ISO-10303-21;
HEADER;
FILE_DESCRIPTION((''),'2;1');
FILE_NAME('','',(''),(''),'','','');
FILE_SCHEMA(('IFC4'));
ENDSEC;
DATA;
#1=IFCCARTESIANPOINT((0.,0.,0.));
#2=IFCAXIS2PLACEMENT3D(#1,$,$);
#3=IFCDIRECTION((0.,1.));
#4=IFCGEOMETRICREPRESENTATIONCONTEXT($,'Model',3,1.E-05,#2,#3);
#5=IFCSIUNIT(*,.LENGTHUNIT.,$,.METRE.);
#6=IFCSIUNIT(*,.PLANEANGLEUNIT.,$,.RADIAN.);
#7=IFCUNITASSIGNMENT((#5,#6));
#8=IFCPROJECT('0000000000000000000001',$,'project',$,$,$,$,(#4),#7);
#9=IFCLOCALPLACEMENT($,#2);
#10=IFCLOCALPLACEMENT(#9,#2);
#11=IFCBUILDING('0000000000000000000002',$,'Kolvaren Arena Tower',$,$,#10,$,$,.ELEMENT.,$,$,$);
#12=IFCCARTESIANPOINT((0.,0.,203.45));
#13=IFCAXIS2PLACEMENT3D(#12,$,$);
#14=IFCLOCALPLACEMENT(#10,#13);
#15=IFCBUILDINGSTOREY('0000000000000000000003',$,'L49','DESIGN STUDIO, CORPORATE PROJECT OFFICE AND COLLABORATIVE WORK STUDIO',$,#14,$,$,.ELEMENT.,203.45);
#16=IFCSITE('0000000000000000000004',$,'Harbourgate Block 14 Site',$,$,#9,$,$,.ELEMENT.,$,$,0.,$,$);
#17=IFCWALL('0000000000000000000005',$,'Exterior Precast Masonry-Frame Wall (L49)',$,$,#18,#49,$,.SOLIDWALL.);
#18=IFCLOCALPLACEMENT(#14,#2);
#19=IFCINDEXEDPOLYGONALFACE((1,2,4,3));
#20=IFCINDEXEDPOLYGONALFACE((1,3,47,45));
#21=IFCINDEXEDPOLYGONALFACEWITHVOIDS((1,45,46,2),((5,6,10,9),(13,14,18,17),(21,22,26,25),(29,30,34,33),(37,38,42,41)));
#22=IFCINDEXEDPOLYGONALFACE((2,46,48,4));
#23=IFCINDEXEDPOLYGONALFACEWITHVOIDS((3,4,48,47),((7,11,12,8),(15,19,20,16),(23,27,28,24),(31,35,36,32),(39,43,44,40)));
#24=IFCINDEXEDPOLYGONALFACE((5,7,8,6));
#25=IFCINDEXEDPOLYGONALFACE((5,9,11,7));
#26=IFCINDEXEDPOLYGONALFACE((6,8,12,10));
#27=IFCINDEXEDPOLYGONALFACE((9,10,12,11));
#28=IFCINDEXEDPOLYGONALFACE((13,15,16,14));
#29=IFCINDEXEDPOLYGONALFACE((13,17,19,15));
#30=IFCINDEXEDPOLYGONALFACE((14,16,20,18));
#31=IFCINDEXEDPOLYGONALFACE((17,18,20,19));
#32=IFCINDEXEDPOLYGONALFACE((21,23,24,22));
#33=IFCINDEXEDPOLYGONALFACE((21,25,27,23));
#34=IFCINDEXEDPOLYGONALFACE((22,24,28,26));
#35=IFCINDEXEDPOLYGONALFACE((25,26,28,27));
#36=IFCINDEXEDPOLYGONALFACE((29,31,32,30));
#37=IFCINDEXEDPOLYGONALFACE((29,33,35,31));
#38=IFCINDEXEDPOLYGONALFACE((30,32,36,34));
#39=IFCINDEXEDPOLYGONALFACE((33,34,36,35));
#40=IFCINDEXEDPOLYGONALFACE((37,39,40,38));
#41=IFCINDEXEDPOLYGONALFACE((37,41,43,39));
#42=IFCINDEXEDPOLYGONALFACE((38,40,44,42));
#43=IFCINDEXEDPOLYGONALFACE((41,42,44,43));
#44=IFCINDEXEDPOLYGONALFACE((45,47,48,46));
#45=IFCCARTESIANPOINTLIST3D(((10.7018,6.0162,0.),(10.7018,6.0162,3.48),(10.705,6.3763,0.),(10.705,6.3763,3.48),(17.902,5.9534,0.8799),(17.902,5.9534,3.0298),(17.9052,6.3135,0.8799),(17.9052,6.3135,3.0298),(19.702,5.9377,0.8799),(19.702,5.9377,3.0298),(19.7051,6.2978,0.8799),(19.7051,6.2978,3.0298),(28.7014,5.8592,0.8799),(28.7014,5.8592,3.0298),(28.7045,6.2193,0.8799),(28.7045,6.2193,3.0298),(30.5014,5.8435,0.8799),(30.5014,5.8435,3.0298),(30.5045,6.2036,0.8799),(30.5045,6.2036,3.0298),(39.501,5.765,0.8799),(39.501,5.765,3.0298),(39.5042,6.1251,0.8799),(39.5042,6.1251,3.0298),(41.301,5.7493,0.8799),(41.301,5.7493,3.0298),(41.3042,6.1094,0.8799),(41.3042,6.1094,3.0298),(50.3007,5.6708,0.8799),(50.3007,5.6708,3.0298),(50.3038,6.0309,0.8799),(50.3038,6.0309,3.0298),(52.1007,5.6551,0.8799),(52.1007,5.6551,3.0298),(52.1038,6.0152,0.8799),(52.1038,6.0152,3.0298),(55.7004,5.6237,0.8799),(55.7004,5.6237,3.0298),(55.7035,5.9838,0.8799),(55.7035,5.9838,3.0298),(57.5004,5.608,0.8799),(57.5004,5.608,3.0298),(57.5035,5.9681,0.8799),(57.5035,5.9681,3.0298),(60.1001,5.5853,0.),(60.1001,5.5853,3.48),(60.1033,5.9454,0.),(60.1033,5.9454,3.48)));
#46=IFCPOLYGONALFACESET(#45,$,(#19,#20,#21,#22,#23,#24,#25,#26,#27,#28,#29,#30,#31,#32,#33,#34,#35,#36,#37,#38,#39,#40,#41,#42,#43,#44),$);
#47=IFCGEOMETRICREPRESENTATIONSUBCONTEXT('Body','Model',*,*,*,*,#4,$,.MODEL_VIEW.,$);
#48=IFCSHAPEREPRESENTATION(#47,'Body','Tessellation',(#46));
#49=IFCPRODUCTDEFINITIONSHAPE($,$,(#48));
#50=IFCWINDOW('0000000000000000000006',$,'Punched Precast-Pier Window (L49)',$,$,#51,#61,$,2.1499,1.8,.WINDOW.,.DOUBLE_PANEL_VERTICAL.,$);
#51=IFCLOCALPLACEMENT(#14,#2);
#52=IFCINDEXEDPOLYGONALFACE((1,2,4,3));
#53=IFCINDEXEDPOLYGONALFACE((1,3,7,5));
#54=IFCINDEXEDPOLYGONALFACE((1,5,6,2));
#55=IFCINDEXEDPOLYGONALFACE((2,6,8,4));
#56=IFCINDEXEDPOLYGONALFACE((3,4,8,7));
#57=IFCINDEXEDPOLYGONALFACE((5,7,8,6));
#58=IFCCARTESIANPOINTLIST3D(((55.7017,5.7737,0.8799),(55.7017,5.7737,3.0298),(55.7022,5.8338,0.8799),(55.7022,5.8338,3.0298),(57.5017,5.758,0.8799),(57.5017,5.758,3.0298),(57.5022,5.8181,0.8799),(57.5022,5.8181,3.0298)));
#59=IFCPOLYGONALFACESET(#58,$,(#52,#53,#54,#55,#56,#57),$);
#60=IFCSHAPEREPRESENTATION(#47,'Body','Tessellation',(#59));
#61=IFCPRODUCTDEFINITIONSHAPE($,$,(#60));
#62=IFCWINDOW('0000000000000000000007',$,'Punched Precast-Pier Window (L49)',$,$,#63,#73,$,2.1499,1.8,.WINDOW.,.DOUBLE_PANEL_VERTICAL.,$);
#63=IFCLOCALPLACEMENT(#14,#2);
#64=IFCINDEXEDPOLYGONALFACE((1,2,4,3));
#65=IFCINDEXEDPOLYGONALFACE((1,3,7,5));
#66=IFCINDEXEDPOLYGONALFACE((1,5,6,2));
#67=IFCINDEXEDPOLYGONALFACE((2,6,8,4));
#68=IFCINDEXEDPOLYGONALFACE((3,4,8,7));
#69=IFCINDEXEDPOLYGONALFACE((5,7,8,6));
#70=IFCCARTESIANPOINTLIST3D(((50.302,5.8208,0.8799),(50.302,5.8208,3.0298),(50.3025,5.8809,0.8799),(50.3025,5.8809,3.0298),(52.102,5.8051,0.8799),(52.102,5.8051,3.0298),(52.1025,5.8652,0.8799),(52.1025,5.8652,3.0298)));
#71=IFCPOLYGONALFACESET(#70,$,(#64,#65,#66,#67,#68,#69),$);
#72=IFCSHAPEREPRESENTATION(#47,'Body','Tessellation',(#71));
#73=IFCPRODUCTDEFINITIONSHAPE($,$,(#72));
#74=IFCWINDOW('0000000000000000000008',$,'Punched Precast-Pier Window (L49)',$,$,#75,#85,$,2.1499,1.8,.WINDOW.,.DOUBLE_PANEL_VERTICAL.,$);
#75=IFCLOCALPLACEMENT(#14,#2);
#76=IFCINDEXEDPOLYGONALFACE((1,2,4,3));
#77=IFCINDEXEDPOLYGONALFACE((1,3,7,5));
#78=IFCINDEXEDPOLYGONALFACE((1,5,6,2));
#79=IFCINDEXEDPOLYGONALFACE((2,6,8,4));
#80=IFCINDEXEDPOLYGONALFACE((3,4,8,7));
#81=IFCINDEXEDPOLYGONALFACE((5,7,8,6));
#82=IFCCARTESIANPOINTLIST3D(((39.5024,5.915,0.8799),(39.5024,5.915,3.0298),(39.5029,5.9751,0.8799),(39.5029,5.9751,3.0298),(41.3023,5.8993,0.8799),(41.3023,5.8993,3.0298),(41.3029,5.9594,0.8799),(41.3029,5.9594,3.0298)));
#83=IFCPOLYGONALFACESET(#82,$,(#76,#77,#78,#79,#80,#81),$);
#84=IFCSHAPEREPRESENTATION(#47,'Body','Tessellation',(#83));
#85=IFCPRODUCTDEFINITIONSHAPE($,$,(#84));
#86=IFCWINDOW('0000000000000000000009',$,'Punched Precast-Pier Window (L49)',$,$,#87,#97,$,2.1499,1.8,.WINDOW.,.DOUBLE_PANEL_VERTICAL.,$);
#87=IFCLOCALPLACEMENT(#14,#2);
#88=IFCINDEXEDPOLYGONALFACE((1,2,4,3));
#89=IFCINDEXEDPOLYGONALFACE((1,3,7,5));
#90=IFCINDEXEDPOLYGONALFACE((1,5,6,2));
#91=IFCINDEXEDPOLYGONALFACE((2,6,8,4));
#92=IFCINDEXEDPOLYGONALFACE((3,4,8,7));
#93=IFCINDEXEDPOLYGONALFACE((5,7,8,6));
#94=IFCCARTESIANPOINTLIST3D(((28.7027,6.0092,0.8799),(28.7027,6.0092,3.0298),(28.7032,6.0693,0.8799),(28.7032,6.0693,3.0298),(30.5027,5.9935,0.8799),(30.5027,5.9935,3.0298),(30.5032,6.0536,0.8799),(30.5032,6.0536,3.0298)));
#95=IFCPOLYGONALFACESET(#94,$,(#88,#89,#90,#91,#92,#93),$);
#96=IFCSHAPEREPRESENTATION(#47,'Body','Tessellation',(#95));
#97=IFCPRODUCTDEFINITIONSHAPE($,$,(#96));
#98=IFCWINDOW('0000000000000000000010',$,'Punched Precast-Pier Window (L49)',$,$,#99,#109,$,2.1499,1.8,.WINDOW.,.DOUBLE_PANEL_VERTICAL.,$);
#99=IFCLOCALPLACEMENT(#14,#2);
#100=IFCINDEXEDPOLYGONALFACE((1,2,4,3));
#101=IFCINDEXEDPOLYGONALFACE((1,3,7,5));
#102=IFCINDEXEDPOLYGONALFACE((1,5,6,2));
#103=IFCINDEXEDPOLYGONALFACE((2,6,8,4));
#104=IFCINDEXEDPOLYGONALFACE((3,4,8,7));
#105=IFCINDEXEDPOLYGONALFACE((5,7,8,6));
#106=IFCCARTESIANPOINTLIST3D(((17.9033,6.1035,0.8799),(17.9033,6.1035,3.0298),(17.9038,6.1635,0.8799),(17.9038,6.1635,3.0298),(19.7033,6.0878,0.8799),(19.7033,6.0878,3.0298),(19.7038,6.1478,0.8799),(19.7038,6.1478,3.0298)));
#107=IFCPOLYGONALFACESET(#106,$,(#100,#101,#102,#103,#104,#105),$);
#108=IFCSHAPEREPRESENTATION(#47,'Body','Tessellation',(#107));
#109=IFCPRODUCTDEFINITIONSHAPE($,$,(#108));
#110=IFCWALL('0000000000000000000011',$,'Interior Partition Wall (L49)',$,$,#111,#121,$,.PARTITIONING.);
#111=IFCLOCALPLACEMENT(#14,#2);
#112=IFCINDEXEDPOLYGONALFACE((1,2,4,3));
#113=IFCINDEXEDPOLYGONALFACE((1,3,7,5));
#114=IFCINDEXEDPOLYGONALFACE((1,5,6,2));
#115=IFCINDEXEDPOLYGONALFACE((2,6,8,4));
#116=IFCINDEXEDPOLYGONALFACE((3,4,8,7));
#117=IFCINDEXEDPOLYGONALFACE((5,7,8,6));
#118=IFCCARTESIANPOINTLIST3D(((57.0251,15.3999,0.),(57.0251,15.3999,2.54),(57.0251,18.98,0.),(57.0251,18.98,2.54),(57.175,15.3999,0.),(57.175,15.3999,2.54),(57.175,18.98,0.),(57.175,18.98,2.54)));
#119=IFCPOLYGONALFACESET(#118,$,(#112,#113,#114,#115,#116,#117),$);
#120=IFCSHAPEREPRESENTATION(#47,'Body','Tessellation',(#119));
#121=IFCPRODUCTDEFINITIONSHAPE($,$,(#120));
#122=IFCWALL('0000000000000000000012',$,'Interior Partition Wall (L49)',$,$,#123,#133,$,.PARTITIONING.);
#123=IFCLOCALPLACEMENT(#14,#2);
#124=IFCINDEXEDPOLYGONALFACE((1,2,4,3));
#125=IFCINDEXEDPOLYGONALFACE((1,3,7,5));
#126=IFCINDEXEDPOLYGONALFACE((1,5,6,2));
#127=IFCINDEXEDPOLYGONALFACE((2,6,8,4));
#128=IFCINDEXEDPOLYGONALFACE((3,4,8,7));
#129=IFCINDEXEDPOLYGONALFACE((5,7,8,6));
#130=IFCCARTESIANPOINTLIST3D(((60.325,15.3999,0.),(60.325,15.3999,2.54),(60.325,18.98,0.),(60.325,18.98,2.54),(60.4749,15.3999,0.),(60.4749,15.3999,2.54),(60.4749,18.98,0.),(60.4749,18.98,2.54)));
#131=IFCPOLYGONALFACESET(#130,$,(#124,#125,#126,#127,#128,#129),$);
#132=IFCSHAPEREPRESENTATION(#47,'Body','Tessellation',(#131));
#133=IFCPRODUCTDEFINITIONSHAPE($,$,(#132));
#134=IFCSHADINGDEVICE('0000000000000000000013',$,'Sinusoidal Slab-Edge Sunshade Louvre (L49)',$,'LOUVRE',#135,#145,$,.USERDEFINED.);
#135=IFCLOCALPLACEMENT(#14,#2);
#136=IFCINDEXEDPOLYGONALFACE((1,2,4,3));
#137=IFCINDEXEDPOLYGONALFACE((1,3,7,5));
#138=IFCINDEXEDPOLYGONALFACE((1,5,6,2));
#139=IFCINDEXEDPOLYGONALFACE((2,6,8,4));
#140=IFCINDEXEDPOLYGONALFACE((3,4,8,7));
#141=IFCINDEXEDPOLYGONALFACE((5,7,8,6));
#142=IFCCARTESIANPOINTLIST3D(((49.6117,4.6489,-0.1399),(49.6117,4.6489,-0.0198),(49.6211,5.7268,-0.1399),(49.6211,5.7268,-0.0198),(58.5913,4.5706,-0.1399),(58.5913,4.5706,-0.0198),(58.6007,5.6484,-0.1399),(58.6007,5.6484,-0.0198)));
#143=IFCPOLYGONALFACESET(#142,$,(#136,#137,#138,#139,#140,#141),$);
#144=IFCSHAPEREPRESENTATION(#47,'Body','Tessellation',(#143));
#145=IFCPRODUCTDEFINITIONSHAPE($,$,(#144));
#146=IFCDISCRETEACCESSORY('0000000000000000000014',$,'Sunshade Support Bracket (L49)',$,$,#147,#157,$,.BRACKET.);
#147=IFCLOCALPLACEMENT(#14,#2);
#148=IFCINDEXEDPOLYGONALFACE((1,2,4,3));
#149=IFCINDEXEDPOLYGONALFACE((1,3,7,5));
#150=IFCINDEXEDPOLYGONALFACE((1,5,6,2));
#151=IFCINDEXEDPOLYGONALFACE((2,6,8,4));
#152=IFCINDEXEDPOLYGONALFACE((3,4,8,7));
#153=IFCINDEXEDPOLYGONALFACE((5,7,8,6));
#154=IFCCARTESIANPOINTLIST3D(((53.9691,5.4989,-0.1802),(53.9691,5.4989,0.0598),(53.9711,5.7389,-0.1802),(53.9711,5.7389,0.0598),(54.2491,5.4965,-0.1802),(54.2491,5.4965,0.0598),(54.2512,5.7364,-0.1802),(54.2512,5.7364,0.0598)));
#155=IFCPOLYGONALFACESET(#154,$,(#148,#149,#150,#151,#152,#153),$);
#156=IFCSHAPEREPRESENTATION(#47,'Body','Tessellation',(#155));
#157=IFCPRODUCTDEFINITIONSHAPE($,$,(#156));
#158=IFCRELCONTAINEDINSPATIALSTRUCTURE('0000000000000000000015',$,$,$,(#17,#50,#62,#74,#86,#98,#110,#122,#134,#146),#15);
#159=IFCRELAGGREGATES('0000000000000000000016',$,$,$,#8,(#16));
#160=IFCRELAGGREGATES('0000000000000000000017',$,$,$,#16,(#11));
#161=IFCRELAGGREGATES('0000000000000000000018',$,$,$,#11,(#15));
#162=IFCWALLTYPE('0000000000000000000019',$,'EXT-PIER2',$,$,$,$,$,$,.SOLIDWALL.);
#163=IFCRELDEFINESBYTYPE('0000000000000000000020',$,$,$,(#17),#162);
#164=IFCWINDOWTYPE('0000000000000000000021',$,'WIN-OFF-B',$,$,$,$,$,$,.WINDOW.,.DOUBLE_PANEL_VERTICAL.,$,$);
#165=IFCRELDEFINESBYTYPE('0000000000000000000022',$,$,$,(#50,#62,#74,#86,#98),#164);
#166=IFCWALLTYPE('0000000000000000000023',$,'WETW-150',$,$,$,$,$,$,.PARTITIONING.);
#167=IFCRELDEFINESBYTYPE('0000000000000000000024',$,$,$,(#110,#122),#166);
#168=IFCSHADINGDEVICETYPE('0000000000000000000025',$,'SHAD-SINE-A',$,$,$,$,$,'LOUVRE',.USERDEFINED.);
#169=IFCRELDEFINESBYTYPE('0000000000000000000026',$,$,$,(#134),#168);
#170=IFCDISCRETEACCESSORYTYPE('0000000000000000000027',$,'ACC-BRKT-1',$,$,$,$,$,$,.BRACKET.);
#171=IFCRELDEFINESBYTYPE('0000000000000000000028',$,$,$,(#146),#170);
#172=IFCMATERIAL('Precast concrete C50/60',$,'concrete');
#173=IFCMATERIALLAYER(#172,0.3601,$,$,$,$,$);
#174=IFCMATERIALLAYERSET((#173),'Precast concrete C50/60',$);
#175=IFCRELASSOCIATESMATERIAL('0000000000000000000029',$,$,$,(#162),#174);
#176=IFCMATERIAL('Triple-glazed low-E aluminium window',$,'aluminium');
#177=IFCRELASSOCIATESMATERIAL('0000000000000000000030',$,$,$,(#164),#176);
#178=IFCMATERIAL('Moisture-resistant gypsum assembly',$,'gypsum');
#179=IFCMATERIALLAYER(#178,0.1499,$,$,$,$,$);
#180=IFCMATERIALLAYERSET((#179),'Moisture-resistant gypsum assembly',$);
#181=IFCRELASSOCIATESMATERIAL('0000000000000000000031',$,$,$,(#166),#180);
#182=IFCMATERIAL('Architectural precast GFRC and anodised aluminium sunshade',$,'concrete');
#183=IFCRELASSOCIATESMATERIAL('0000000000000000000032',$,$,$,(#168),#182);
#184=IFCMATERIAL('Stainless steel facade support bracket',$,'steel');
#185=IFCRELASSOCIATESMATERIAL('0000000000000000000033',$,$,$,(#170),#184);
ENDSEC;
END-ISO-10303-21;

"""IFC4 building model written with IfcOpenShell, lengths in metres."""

from ifc_helpers import new_model, si_unit, direction, frame, frame_2d, origin, origin_2d, place, context, subcontext, project, spatial, rectangle, extrude, material, layer, layer_set, type_object, element, fill, save


model = new_model("IFC4")

# Units and contexts
model_context = context("Model", 3, precision=1e-05, world=origin(), true_north=direction((0.0, 1.0)))
body_context = subcontext(model_context, "Body", "Model", "MODEL_VIEW")
ifc_project = project(units=[si_unit("LENGTHUNIT", "METRE"), si_unit("PLANEANGLEUNIT", "RADIAN")], contexts=[model_context])

# Site, building, storey
site_placement = place(None, origin())
site = spatial("IfcSite", under=ifc_project, at=site_placement, Name="Harbourgate Block 14 Site", CompositionType="ELEMENT", RefElevation=0.0)
building_placement = place(site_placement, origin())
building = spatial("IfcBuilding", under=site, at=building_placement, Name="Kolvaren Arena Tower", CompositionType="ELEMENT")
storey_placement = place(building_placement, frame((0.0, 0.0, 203.45)))
storey = spatial("IfcBuildingStorey", under=building, at=storey_placement, Name="L49", Description="DESIGN STUDIO, CORPORATE PROJECT OFFICE AND COLLABORATIVE WORK STUDIO", CompositionType="ELEMENT", Elevation=203.45)

# Shared definitions
ifc_material_1 = material(Name="Precast concrete C50/60", Category="concrete")
ifc_layer_1 = layer(ifc_material_1, 0.3601)
ifc_layer_set_1 = layer_set([ifc_layer_1], Name="Precast concrete C50/60")
wall_type_1 = type_object("IfcWallType", Name="EXT-PIER2", PredefinedType="SOLIDWALL", material=ifc_layer_set_1)

# Wall, openings, windows
wall_1_placement = place(storey_placement, frame((60.1018, 5.7654, 0.0), z_axis=(0.0, 0.0, 1.0), x_axis=(-0.999962, 0.008723, 0.0)))
wall_1 = element("IfcWall", 1, at=wall_1_placement, inside=storey, type_object=wall_type_1, Name="Exterior Precast Masonry-Frame Wall (L49)", PredefinedType="SOLIDWALL", context=body_context, shape_type="SweptSolid", body=[
    extrude(rectangle(XDim=49.4001, YDim=0.3601, at=frame_2d((24.7002, 0.0))), origin(), (0.0, 0.0, 1.0), 3.48),
])
opening_1_placement = place(wall_1_placement, frame((2.6001, 0.0, 0.8799)))
opening_1 = element("IfcOpeningElement", 2, at=opening_1_placement, cuts=wall_1, PredefinedType="OPENING", context=body_context, shape_type="SweptSolid", body=[
    extrude(rectangle(XDim=1.8, YDim=2.1499, at=frame_2d((0.8999, 1.075))), frame((0.0, 0.1899, 0.0), z_axis=(0.0, -1.0, 0.0), x_axis=(1.0, 0.0, 0.0)), (0.0, 0.0, 1.0), 0.3801),
])
opening_2_placement = place(wall_1_placement, frame((8.0, 0.0, 0.8799)))
opening_2 = element("IfcOpeningElement", 3, at=opening_2_placement, cuts=wall_1, PredefinedType="OPENING", context=body_context, shape_type="SweptSolid", body=[
    extrude(rectangle(XDim=1.8, YDim=2.1499, at=frame_2d((0.8999, 1.075))), frame((0.0, 0.1899, 0.0), z_axis=(0.0, -1.0, 0.0), x_axis=(1.0, 0.0, 0.0)), (0.0, 0.0, 1.0), 0.3801),
])
opening_3_placement = place(wall_1_placement, frame((18.8, 0.0, 0.8799)))
opening_3 = element("IfcOpeningElement", 4, at=opening_3_placement, cuts=wall_1, PredefinedType="OPENING", context=body_context, shape_type="SweptSolid", body=[
    extrude(rectangle(XDim=1.8, YDim=2.1499, at=frame_2d((0.8999, 1.075))), frame((0.0, 0.1899, 0.0), z_axis=(0.0, -1.0, 0.0), x_axis=(1.0, 0.0, 0.0)), (0.0, 0.0, 1.0), 0.3801),
])
opening_4_placement = place(wall_1_placement, frame((29.6001, 0.0, 0.8799)))
opening_4 = element("IfcOpeningElement", 5, at=opening_4_placement, cuts=wall_1, PredefinedType="OPENING", context=body_context, shape_type="SweptSolid", body=[
    extrude(rectangle(XDim=1.8, YDim=2.1499, at=frame_2d((0.8999, 1.075))), frame((0.0, 0.1899, 0.0), z_axis=(0.0, -1.0, 0.0), x_axis=(1.0, 0.0, 0.0)), (0.0, 0.0, 1.0), 0.3801),
])
opening_5_placement = place(wall_1_placement, frame((40.3999, 0.0, 0.8799)))
opening_5 = element("IfcOpeningElement", 6, at=opening_5_placement, cuts=wall_1, PredefinedType="OPENING", context=body_context, shape_type="SweptSolid", body=[
    extrude(rectangle(XDim=1.8, YDim=2.1499, at=frame_2d((0.8999, 1.075))), frame((0.0, 0.1899, 0.0), z_axis=(0.0, -1.0, 0.0), x_axis=(1.0, 0.0, 0.0)), (0.0, 0.0, 1.0), 0.3801),
])
ifc_material_2 = material(Name="Triple-glazed low-E aluminium window", Category="aluminium")
window_type = type_object("IfcWindowType", Name="WIN-OFF-B", PartitioningType="DOUBLE_PANEL_VERTICAL", PredefinedType="WINDOW", material=ifc_material_2)
window_1_placement = place(opening_1_placement, origin())
window_1 = element("IfcWindow", 7, at=window_1_placement, inside=storey, type_object=window_type, Name="Punched Precast-Pier Window (L49)", OverallHeight=2.1499, OverallWidth=1.8, PartitioningType="DOUBLE_PANEL_VERTICAL", PredefinedType="WINDOW", context=body_context, shape_type="SweptSolid", body=[
    extrude(rectangle(XDim=1.8, YDim=2.1499, at=frame_2d((0.8999, 1.075))), frame((0.0, 0.03, 0.0), z_axis=(0.0, -1.0, 0.0), x_axis=(1.0, 0.0, 0.0)), (0.0, 0.0, 1.0), 0.0601),
])
fill(opening_1, window_1)
window_2_placement = place(opening_2_placement, origin())
window_2 = element("IfcWindow", 8, at=window_2_placement, inside=storey, type_object=window_type, Name="Punched Precast-Pier Window (L49)", OverallHeight=2.1499, OverallWidth=1.8, PartitioningType="DOUBLE_PANEL_VERTICAL", PredefinedType="WINDOW", context=body_context, shape_type="SweptSolid", body=[
    extrude(rectangle(XDim=1.8, YDim=2.1499, at=frame_2d((0.8999, 1.075))), frame((0.0, 0.03, 0.0), z_axis=(0.0, -1.0, 0.0), x_axis=(1.0, 0.0, 0.0)), (0.0, 0.0, 1.0), 0.0601),
])
fill(opening_2, window_2)
window_3_placement = place(opening_3_placement, origin())
window_3 = element("IfcWindow", 9, at=window_3_placement, inside=storey, type_object=window_type, Name="Punched Precast-Pier Window (L49)", OverallHeight=2.1499, OverallWidth=1.8, PartitioningType="DOUBLE_PANEL_VERTICAL", PredefinedType="WINDOW", context=body_context, shape_type="SweptSolid", body=[
    extrude(rectangle(XDim=1.8, YDim=2.1499, at=frame_2d((0.8999, 1.075))), frame((0.0, 0.03, 0.0), z_axis=(0.0, -1.0, 0.0), x_axis=(1.0, 0.0, 0.0)), (0.0, 0.0, 1.0), 0.0601),
])
fill(opening_3, window_3)
window_4_placement = place(opening_4_placement, origin())
window_4 = element("IfcWindow", 10, at=window_4_placement, inside=storey, type_object=window_type, Name="Punched Precast-Pier Window (L49)", OverallHeight=2.1499, OverallWidth=1.8, PartitioningType="DOUBLE_PANEL_VERTICAL", PredefinedType="WINDOW", context=body_context, shape_type="SweptSolid", body=[
    extrude(rectangle(XDim=1.8, YDim=2.1499, at=frame_2d((0.8999, 1.075))), frame((0.0, 0.03, 0.0), z_axis=(0.0, -1.0, 0.0), x_axis=(1.0, 0.0, 0.0)), (0.0, 0.0, 1.0), 0.0601),
])
fill(opening_4, window_4)
window_5_placement = place(opening_5_placement, origin())
window_5 = element("IfcWindow", 11, at=window_5_placement, inside=storey, type_object=window_type, Name="Punched Precast-Pier Window (L49)", OverallHeight=2.1499, OverallWidth=1.8, PartitioningType="DOUBLE_PANEL_VERTICAL", PredefinedType="WINDOW", context=body_context, shape_type="SweptSolid", body=[
    extrude(rectangle(XDim=1.8, YDim=2.1499, at=frame_2d((0.8999, 1.075))), frame((0.0, 0.03, 0.0), z_axis=(0.0, -1.0, 0.0), x_axis=(1.0, 0.0, 0.0)), (0.0, 0.0, 1.0), 0.0601),
])
fill(opening_5, window_5)

# Walls
ifc_material_3 = material(Name="Moisture-resistant gypsum assembly", Category="gypsum")
ifc_layer_2 = layer(ifc_material_3, 0.1499)
ifc_layer_set_2 = layer_set([ifc_layer_2], Name="Moisture-resistant gypsum assembly")
wall_type_2 = type_object("IfcWallType", Name="WETW-150", PredefinedType="PARTITIONING", material=ifc_layer_set_2)
for number, where, z_axis, x_axis, name in (
    (12, (57.1001, 15.3999, 0.0), (0.0, 0.0, 1.0), (0.0, 1.0, 0.0), "Interior Partition Wall (L49)"),
    (13, (60.3999, 15.3999, 0.0), (0.0, 0.0, 1.0), (0.0, 1.0, 0.0), "Interior Partition Wall (L49)"),
):
    element("IfcWall", number, at=place(storey_placement, frame(where, z_axis=z_axis, x_axis=x_axis)), inside=storey, type_object=wall_type_2, Name=name, PredefinedType="PARTITIONING", context=body_context, shape_type="SweptSolid", body=[
        extrude(rectangle(XDim=3.5801, YDim=0.1499, at=frame_2d((1.79, 0.0))), origin(), (0.0, 0.0, 1.0), 2.54),
    ])

# Shading device
ifc_material_4 = material(Name="Architectural precast GFRC and anodised aluminium sunshade", Category="concrete")
shading_device_type = type_object("IfcShadingDeviceType", Name="SHAD-SINE-A", ElementType="LOUVRE", PredefinedType="USERDEFINED", material=ifc_material_4)
shading_device_placement = place(storey_placement, frame((54.1062, 5.1487, -0.1399), z_axis=(0.0, 0.0, 1.0), x_axis=(-0.999962, 0.008727, 0.0)))
element("IfcShadingDevice", 14, at=shading_device_placement, inside=storey, type_object=shading_device_type, Name="Sinusoidal Slab-Edge Sunshade Louvre (L49)", ObjectType="LOUVRE", PredefinedType="USERDEFINED", context=body_context, shape_type="SweptSolid", body=[
    extrude(rectangle(XDim=8.98, YDim=1.0779, at=origin_2d()), origin(), (0.0, 0.0, 1.0), 0.1201),
])

# Discrete accessory
ifc_material_5 = material(Name="Stainless steel facade support bracket", Category="steel")
discrete_accessory_type = type_object("IfcDiscreteAccessoryType", Name="ACC-BRKT-1", PredefinedType="BRACKET", material=ifc_material_5)
discrete_accessory_placement = place(storey_placement, frame((54.1101, 5.6177, -0.1802), z_axis=(0.0, 0.0, 1.0), x_axis=(-0.999962, 0.008727, 0.0)))
element("IfcDiscreteAccessory", 15, at=discrete_accessory_placement, inside=storey, type_object=discrete_accessory_type, Name="Sunshade Support Bracket (L49)", PredefinedType="BRACKET", context=body_context, shape_type="SweptSolid", body=[
    extrude(rectangle(XDim=0.28, YDim=0.24, at=origin_2d()), origin(), (0.0, 0.0, 1.0), 0.24),
])

save(model, "model.ifc")
